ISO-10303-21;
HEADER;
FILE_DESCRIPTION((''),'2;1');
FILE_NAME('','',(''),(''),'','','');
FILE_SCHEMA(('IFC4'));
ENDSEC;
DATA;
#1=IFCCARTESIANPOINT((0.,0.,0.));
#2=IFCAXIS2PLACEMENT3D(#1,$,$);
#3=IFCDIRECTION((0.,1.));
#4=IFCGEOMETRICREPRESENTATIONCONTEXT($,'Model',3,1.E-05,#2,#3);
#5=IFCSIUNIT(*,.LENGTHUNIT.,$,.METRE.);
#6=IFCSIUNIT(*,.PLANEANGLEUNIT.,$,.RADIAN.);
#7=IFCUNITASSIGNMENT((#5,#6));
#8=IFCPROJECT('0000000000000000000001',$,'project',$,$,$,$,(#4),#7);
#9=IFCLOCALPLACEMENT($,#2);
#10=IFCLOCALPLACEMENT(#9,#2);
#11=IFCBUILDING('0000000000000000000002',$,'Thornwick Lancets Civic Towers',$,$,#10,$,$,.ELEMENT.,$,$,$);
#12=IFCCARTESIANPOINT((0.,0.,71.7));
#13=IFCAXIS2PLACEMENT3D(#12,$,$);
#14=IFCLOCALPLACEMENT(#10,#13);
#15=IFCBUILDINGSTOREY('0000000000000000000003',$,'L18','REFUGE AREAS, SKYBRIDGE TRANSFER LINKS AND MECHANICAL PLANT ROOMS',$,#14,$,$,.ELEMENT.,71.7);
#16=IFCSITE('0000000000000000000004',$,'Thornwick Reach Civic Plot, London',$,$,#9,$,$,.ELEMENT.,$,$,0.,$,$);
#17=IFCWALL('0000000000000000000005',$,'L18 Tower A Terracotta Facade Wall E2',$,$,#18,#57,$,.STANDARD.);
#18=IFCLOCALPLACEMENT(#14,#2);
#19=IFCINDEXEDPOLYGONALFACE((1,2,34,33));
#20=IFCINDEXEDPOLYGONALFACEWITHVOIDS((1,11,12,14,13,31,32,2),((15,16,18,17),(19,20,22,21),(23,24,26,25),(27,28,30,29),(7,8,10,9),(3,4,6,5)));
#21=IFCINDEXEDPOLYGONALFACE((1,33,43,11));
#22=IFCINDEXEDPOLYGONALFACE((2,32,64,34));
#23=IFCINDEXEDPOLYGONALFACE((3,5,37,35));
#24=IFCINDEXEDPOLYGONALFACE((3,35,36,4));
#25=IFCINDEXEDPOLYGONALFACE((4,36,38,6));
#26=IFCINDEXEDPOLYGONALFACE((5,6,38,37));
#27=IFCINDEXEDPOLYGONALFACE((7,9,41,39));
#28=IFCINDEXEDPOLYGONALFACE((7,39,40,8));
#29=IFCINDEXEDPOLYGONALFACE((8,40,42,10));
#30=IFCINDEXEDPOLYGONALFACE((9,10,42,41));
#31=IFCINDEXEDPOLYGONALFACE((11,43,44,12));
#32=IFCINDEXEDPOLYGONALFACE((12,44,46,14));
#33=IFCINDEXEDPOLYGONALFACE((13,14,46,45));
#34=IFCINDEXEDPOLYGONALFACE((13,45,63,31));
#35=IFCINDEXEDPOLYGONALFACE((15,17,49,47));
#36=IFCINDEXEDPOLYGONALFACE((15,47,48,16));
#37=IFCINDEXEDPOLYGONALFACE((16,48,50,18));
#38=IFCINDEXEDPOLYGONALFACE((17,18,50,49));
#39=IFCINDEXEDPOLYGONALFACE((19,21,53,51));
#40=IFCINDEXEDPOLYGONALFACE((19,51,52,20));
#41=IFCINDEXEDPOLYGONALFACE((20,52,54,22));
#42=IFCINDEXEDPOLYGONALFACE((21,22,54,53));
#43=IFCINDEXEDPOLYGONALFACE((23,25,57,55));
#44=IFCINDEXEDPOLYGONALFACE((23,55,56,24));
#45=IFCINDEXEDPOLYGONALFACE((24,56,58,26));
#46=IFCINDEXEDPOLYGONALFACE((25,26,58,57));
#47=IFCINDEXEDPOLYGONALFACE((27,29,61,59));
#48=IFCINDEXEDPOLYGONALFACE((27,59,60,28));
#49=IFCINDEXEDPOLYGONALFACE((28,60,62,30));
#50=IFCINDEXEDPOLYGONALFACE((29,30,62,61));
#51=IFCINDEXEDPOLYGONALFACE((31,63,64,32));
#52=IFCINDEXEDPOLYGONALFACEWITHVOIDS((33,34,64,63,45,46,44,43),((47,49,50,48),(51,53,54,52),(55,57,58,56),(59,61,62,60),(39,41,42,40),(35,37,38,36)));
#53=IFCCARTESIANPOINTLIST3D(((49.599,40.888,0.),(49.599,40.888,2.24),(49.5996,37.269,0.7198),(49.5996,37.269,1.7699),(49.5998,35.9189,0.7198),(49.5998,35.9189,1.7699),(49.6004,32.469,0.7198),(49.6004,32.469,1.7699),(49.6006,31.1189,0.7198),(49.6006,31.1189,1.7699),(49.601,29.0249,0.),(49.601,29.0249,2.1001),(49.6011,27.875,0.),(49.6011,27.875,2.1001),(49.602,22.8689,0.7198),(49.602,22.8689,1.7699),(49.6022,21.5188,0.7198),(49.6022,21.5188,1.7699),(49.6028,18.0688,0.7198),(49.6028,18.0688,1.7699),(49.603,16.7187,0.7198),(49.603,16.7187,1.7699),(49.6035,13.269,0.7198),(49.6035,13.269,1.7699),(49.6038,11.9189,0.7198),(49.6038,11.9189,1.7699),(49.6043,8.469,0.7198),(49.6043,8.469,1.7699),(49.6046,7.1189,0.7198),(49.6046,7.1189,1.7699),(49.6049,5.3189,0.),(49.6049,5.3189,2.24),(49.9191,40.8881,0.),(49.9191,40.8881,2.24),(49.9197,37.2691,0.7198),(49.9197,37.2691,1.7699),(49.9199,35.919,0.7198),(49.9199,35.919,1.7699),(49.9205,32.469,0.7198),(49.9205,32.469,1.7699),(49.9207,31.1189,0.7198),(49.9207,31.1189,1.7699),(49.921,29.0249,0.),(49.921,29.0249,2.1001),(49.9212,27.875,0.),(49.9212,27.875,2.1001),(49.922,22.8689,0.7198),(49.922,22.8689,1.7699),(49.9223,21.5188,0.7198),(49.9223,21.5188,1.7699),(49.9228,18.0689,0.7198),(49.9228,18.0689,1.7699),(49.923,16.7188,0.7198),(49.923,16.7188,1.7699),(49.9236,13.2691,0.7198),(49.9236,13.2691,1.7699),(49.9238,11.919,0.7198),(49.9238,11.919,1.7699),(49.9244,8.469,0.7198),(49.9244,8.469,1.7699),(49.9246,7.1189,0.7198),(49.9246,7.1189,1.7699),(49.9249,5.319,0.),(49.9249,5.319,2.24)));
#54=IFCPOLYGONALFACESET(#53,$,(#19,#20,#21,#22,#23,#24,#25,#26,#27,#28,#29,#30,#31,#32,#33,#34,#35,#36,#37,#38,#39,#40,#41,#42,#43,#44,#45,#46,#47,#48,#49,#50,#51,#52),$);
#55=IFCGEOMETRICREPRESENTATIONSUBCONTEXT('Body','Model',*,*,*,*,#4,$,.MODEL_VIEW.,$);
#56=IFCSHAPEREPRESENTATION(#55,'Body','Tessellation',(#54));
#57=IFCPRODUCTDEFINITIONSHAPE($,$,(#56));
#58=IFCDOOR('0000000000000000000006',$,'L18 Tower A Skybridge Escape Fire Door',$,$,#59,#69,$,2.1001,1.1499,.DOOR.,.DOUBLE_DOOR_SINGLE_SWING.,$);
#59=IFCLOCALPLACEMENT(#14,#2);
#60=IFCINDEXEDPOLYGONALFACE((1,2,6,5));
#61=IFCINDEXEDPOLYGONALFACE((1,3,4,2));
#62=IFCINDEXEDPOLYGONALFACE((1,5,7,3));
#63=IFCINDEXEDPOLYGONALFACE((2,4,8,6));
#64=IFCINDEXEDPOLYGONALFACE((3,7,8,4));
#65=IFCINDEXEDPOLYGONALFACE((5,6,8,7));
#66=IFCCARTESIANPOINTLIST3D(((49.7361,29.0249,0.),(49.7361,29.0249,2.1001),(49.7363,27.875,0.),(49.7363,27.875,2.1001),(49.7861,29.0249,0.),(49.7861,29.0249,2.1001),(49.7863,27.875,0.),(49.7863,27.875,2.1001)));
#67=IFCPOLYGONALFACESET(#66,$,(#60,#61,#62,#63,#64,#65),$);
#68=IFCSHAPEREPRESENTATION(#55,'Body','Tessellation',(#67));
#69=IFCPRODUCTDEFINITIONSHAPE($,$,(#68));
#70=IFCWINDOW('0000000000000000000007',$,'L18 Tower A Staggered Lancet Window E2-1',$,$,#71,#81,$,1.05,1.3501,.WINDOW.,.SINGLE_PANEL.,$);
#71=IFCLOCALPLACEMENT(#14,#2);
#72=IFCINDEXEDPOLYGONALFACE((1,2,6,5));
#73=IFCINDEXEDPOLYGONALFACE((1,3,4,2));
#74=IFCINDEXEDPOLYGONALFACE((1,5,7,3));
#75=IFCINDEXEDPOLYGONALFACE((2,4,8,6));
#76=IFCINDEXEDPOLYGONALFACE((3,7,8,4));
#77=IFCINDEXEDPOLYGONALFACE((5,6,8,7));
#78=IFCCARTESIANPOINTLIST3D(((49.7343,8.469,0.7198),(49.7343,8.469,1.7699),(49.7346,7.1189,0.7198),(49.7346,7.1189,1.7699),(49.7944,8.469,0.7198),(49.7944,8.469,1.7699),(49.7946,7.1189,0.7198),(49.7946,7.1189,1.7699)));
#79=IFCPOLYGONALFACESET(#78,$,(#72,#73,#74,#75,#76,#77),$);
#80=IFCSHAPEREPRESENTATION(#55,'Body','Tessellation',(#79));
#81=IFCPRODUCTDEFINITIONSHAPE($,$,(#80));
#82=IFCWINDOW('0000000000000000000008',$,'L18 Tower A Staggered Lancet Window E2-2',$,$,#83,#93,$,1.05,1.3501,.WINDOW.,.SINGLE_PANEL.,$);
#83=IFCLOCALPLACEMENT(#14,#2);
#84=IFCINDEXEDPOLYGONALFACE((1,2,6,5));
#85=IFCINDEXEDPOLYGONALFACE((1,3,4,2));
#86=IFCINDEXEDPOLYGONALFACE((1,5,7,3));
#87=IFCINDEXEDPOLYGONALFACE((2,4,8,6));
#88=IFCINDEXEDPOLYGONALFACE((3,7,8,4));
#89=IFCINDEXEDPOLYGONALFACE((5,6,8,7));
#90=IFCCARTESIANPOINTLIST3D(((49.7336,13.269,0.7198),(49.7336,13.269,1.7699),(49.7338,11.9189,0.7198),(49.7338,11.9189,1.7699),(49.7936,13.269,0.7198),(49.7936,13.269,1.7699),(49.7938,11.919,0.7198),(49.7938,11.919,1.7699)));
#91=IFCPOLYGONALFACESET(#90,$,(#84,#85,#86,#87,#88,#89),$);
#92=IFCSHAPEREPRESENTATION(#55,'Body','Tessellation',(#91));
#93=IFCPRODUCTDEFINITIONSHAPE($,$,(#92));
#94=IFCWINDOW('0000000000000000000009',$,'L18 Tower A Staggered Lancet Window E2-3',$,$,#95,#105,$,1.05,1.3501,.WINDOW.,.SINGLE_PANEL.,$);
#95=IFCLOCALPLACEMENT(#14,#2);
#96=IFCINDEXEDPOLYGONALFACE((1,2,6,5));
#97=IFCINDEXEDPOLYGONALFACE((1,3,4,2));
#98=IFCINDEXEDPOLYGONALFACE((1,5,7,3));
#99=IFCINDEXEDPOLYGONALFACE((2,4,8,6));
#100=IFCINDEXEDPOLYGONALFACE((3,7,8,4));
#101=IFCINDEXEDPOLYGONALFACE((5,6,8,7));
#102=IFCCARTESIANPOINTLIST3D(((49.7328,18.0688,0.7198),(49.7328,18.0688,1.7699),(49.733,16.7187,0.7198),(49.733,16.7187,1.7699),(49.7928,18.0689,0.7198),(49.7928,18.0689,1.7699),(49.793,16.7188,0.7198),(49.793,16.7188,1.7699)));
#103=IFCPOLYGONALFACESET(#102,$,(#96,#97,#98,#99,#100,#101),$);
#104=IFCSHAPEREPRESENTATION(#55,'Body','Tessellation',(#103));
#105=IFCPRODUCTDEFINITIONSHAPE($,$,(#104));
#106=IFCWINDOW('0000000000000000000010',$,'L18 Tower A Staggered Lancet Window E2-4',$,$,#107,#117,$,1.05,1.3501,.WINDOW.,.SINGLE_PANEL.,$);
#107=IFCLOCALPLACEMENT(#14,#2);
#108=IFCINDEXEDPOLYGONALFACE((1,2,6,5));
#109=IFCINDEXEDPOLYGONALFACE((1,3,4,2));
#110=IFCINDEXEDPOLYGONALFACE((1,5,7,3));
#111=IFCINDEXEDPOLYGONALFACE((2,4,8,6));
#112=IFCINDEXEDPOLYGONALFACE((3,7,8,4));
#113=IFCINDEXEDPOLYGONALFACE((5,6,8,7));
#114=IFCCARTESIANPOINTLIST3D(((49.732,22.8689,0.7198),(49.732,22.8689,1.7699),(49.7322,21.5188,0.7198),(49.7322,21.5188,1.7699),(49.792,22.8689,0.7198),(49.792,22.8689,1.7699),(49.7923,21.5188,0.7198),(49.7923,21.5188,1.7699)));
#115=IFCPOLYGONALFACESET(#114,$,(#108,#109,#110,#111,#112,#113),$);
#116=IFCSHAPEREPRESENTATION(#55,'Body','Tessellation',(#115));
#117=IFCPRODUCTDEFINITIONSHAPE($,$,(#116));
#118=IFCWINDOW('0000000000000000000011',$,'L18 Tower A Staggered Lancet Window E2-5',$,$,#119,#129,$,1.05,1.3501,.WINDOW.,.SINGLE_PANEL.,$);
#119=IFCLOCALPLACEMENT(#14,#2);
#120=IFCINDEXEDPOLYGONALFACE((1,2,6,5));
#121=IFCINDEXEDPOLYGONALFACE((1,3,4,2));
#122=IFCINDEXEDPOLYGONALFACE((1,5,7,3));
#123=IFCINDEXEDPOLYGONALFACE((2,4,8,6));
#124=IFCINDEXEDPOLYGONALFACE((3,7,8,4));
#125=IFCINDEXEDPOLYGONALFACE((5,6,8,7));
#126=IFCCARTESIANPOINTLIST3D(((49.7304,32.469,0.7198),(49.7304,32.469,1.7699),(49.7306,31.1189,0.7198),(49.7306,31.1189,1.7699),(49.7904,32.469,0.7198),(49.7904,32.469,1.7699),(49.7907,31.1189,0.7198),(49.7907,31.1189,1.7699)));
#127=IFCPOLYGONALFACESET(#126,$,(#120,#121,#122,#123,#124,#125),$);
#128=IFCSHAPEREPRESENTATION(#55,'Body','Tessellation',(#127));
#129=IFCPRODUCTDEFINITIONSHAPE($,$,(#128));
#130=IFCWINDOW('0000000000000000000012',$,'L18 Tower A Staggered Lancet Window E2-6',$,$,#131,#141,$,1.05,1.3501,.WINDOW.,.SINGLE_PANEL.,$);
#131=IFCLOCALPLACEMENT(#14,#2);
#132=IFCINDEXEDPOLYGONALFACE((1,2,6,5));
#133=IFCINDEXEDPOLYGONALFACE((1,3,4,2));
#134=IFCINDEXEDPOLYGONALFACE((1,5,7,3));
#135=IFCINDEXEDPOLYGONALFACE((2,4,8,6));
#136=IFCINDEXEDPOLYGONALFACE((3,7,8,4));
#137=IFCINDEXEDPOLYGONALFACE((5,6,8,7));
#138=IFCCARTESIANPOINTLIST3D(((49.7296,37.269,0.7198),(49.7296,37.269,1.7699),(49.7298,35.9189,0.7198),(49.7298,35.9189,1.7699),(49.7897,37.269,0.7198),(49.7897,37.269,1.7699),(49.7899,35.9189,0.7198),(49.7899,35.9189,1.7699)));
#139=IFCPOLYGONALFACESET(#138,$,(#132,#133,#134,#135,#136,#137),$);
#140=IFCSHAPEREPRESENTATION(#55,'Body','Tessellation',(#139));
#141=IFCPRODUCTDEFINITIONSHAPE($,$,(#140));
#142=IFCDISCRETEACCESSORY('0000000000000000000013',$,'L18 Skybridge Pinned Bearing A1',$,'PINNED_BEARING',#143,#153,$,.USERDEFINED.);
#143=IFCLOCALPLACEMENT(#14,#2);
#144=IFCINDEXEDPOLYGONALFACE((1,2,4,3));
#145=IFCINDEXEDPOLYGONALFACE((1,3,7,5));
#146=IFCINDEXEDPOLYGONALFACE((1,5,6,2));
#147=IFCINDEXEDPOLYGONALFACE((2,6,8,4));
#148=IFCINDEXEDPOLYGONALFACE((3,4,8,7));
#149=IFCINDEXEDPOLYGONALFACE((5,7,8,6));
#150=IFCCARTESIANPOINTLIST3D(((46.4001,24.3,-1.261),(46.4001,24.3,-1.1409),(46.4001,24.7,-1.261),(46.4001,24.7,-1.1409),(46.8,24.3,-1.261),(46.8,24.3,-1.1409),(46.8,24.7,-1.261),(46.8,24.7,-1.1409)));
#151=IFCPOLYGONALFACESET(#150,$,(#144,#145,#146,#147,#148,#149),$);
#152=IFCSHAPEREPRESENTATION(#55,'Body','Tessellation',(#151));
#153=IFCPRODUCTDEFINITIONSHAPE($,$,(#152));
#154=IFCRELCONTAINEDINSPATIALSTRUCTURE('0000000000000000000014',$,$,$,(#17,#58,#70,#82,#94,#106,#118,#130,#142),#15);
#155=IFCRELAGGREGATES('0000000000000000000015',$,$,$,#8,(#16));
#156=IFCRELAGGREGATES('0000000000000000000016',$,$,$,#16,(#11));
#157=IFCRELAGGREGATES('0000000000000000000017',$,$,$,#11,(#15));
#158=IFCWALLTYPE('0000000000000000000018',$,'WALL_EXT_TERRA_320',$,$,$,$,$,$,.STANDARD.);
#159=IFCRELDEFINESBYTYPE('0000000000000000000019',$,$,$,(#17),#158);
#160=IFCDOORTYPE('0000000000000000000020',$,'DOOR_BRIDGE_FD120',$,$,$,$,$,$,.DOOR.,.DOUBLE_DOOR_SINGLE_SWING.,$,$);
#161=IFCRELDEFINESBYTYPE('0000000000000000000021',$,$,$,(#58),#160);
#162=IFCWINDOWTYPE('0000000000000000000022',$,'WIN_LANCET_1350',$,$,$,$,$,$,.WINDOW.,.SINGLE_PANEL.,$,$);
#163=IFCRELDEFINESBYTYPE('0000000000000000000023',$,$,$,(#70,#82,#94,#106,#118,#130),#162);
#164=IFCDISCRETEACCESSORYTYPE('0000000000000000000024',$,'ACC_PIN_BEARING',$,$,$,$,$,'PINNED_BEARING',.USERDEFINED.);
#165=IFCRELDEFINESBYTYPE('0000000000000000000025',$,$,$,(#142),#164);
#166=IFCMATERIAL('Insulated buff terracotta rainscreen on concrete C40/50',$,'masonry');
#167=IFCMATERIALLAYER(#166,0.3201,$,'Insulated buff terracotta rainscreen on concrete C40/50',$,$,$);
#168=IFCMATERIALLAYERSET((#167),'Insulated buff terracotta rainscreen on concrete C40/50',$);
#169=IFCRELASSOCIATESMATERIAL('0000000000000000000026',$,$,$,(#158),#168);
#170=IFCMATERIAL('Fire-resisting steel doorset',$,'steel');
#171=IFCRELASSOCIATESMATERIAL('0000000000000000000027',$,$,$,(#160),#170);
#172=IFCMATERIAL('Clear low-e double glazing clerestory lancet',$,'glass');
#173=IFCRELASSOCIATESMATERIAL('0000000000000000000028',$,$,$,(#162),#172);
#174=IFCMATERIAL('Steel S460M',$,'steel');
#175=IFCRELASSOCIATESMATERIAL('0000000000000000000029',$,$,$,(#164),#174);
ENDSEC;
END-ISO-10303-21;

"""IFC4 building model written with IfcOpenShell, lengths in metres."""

from ifc_helpers import new_model, si_unit, direction, frame, frame_2d, origin, origin_2d, place, context, subcontext, project, spatial, rectangle, extrude, material, layer, layer_set, type_object, element, fill, save


model = new_model("IFC4")

# Units and contexts
model_context = context("Model", 3, precision=1e-05, world=origin(), true_north=direction((0.0, 1.0)))
body_context = subcontext(model_context, "Body", "Model", "MODEL_VIEW")
ifc_project = project(units=[si_unit("LENGTHUNIT", "METRE"), si_unit("PLANEANGLEUNIT", "RADIAN")], contexts=[model_context])

# Site, building, storey
site_placement = place(None, origin())
site = spatial("IfcSite", under=ifc_project, at=site_placement, Name="Thornwick Reach Civic Plot, London", CompositionType="ELEMENT", RefElevation=0.0)
building_placement = place(site_placement, origin())
building = spatial("IfcBuilding", under=site, at=building_placement, Name="Thornwick Lancets Civic Towers", CompositionType="ELEMENT")
storey_placement = place(building_placement, frame((0.0, 0.0, 71.7)))
storey = spatial("IfcBuildingStorey", under=building, at=storey_placement, Name="L18", Description="REFUGE AREAS, SKYBRIDGE TRANSFER LINKS AND MECHANICAL PLANT ROOMS", CompositionType="ELEMENT", Elevation=71.7)

# Shared definitions
ifc_material_1 = material(Name="Steel S460M", Category="steel")

# Wall, openings, door, windows
ifc_material_2 = material(Name="Insulated buff terracotta rainscreen on concrete C40/50", Category="masonry")
ifc_layer_1 = layer(ifc_material_2, 0.3201, Name="Insulated buff terracotta rainscreen on concrete C40/50")
ifc_layer_set_1 = layer_set([ifc_layer_1], Name="Insulated buff terracotta rainscreen on concrete C40/50")
wall_type_1 = type_object("IfcWallType", Name="WALL_EXT_TERRA_320", PredefinedType="STANDARD", material=ifc_layer_set_1)
wall_1_placement = place(storey_placement, frame((49.7649, 5.3188, 0.0), z_axis=(0.0, 0.0, 1.0), x_axis=(-0.000165, 1.0, 0.0)))
wall_1 = element("IfcWall", 1, at=wall_1_placement, inside=storey, type_object=wall_type_1, Name="L18 Tower A Terracotta Facade Wall E2", PredefinedType="STANDARD", context=body_context, shape_type="SweptSolid", body=[
    extrude(rectangle(XDim=35.5691, YDim=0.3201, at=frame_2d((17.7847, 0.0))), origin(), (0.0, 0.0, 1.0), 2.24),
])
opening_1_placement = place(wall_1_placement, frame((22.5562, 0.0, 0.0)))
opening_1 = element("IfcOpeningElement", 2, at=opening_1_placement, cuts=wall_1, PredefinedType="OPENING", context=body_context, shape_type="SweptSolid", body=[
    extrude(rectangle(XDim=1.1499, YDim=2.1001, at=frame_2d((0.575, 1.05))), frame((0.0, 0.1699, 0.0), z_axis=(0.0, -1.0, 0.0), x_axis=(1.0, 0.0, 0.0)), (0.0, 0.0, 1.0), 0.3401),
])
opening_2_placement = place(wall_1_placement, frame((1.8, 0.0, 0.72)))
opening_2 = element("IfcOpeningElement", 3, at=opening_2_placement, cuts=wall_1, PredefinedType="OPENING", context=body_context, shape_type="SweptSolid", body=[
    extrude(rectangle(XDim=1.3501, YDim=1.05, at=frame_2d((0.675, 0.5249))), frame((0.0, 0.1699, 0.0), z_axis=(0.0, -1.0, 0.0), x_axis=(1.0, 0.0, 0.0)), (0.0, 0.0, 1.0), 0.3401),
])
opening_3_placement = place(wall_1_placement, frame((6.6001, 0.0, 0.72)))
opening_3 = element("IfcOpeningElement", 4, at=opening_3_placement, cuts=wall_1, PredefinedType="OPENING", context=body_context, shape_type="SweptSolid", body=[
    extrude(rectangle(XDim=1.3501, YDim=1.05, at=frame_2d((0.675, 0.5249))), frame((0.0, 0.1699, 0.0), z_axis=(0.0, -1.0, 0.0), x_axis=(1.0, 0.0, 0.0)), (0.0, 0.0, 1.0), 0.3401),
])
opening_4_placement = place(wall_1_placement, frame((11.3999, 0.0, 0.72)))
opening_4 = element("IfcOpeningElement", 5, at=opening_4_placement, cuts=wall_1, PredefinedType="OPENING", context=body_context, shape_type="SweptSolid", body=[
    extrude(rectangle(XDim=1.3501, YDim=1.05, at=frame_2d((0.675, 0.5249))), frame((0.0, 0.1699, 0.0), z_axis=(0.0, -1.0, 0.0), x_axis=(1.0, 0.0, 0.0)), (0.0, 0.0, 1.0), 0.3401),
])
opening_5_placement = place(wall_1_placement, frame((16.2, 0.0, 0.72)))
opening_5 = element("IfcOpeningElement", 6, at=opening_5_placement, cuts=wall_1, PredefinedType="OPENING", context=body_context, shape_type="SweptSolid", body=[
    extrude(rectangle(XDim=1.3501, YDim=1.05, at=frame_2d((0.675, 0.5249))), frame((0.0, 0.1699, 0.0), z_axis=(0.0, -1.0, 0.0), x_axis=(1.0, 0.0, 0.0)), (0.0, 0.0, 1.0), 0.3401),
])
opening_6_placement = place(wall_1_placement, frame((25.8, 0.0, 0.72)))
opening_6 = element("IfcOpeningElement", 7, at=opening_6_placement, cuts=wall_1, PredefinedType="OPENING", context=body_context, shape_type="SweptSolid", body=[
    extrude(rectangle(XDim=1.3501, YDim=1.05, at=frame_2d((0.675, 0.5249))), frame((0.0, 0.1699, 0.0), z_axis=(0.0, -1.0, 0.0), x_axis=(1.0, 0.0, 0.0)), (0.0, 0.0, 1.0), 0.3401),
])
opening_7_placement = place(wall_1_placement, frame((30.6001, 0.0, 0.72)))
opening_7 = element("IfcOpeningElement", 8, at=opening_7_placement, cuts=wall_1, PredefinedType="OPENING", context=body_context, shape_type="SweptSolid", body=[
    extrude(rectangle(XDim=1.3501, YDim=1.05, at=frame_2d((0.675, 0.5249))), frame((0.0, 0.1699, 0.0), z_axis=(0.0, -1.0, 0.0), x_axis=(1.0, 0.0, 0.0)), (0.0, 0.0, 1.0), 0.3401),
])
ifc_material_3 = material(Name="Fire-resisting steel doorset", Category="steel")
door_type = type_object("IfcDoorType", Name="DOOR_BRIDGE_FD120", OperationType="DOUBLE_DOOR_SINGLE_SWING", PredefinedType="DOOR", material=ifc_material_3)
door_placement = place(opening_1_placement, origin())
door = element("IfcDoor", 9, at=door_placement, inside=storey, type_object=door_type, Name="L18 Tower A Skybridge Escape Fire Door", OperationType="DOUBLE_DOOR_SINGLE_SWING", OverallHeight=2.1001, OverallWidth=1.1499, PredefinedType="DOOR", context=body_context, shape_type="SweptSolid", body=[
    extrude(rectangle(XDim=1.1499, YDim=2.1001, at=frame_2d((0.575, 1.05))), frame((0.0, 0.0249, 0.0), z_axis=(0.0, -1.0, 0.0), x_axis=(1.0, 0.0, 0.0)), (0.0, 0.0, 1.0), 0.05),
])
fill(opening_1, door)
ifc_material_4 = material(Name="Clear low-e double glazing clerestory lancet", Category="glass")
window_type = type_object("IfcWindowType", Name="WIN_LANCET_1350", PartitioningType="SINGLE_PANEL", PredefinedType="WINDOW", material=ifc_material_4)
window_1_placement = place(opening_2_placement, origin())
window_1 = element("IfcWindow", 10, at=window_1_placement, inside=storey, type_object=window_type, Name="L18 Tower A Staggered Lancet Window E2-1", OverallHeight=1.05, OverallWidth=1.3501, PartitioningType="SINGLE_PANEL", PredefinedType="WINDOW", context=body_context, shape_type="SweptSolid", body=[
    extrude(rectangle(XDim=1.3501, YDim=1.05, at=frame_2d((0.675, 0.5249))), frame((0.0, 0.03, 0.0), z_axis=(0.0, -1.0, 0.0), x_axis=(1.0, 0.0, 0.0)), (0.0, 0.0, 1.0), 0.0601),
])
fill(opening_2, window_1)
window_2_placement = place(opening_3_placement, origin())
window_2 = element("IfcWindow", 11, at=window_2_placement, inside=storey, type_object=window_type, Name="L18 Tower A Staggered Lancet Window E2-2", OverallHeight=1.05, OverallWidth=1.3501, PartitioningType="SINGLE_PANEL", PredefinedType="WINDOW", context=body_context, shape_type="SweptSolid", body=[
    extrude(rectangle(XDim=1.3501, YDim=1.05, at=frame_2d((0.675, 0.5249))), frame((0.0, 0.03, 0.0), z_axis=(0.0, -1.0, 0.0), x_axis=(1.0, 0.0, 0.0)), (0.0, 0.0, 1.0), 0.0601),
])
fill(opening_3, window_2)
window_3_placement = place(opening_4_placement, origin())
window_3 = element("IfcWindow", 12, at=window_3_placement, inside=storey, type_object=window_type, Name="L18 Tower A Staggered Lancet Window E2-3", OverallHeight=1.05, OverallWidth=1.3501, PartitioningType="SINGLE_PANEL", PredefinedType="WINDOW", context=body_context, shape_type="SweptSolid", body=[
    extrude(rectangle(XDim=1.3501, YDim=1.05, at=frame_2d((0.675, 0.5249))), frame((0.0, 0.03, 0.0), z_axis=(0.0, -1.0, 0.0), x_axis=(1.0, 0.0, 0.0)), (0.0, 0.0, 1.0), 0.0601),
])
fill(opening_4, window_3)
window_4_placement = place(opening_5_placement, origin())
window_4 = element("IfcWindow", 13, at=window_4_placement, inside=storey, type_object=window_type, Name="L18 Tower A Staggered Lancet Window E2-4", OverallHeight=1.05, OverallWidth=1.3501, PartitioningType="SINGLE_PANEL", PredefinedType="WINDOW", context=body_context, shape_type="SweptSolid", body=[
    extrude(rectangle(XDim=1.3501, YDim=1.05, at=frame_2d((0.675, 0.5249))), frame((0.0, 0.03, 0.0), z_axis=(0.0, -1.0, 0.0), x_axis=(1.0, 0.0, 0.0)), (0.0, 0.0, 1.0), 0.0601),
])
fill(opening_5, window_4)
window_5_placement = place(opening_6_placement, origin())
window_5 = element("IfcWindow", 14, at=window_5_placement, inside=storey, type_object=window_type, Name="L18 Tower A Staggered Lancet Window E2-5", OverallHeight=1.05, OverallWidth=1.3501, PartitioningType="SINGLE_PANEL", PredefinedType="WINDOW", context=body_context, shape_type="SweptSolid", body=[
    extrude(rectangle(XDim=1.3501, YDim=1.05, at=frame_2d((0.675, 0.5249))), frame((0.0, 0.03, 0.0), z_axis=(0.0, -1.0, 0.0), x_axis=(1.0, 0.0, 0.0)), (0.0, 0.0, 1.0), 0.0601),
])
fill(opening_6, window_5)
window_6_placement = place(opening_7_placement, origin())
window_6 = element("IfcWindow", 15, at=window_6_placement, inside=storey, type_object=window_type, Name="L18 Tower A Staggered Lancet Window E2-6", OverallHeight=1.05, OverallWidth=1.3501, PartitioningType="SINGLE_PANEL", PredefinedType="WINDOW", context=body_context, shape_type="SweptSolid", body=[
    extrude(rectangle(XDim=1.3501, YDim=1.05, at=frame_2d((0.675, 0.5249))), frame((0.0, 0.03, 0.0), z_axis=(0.0, -1.0, 0.0), x_axis=(1.0, 0.0, 0.0)), (0.0, 0.0, 1.0), 0.0601),
])
fill(opening_7, window_6)

# Discrete accessory
discrete_accessory_type = type_object("IfcDiscreteAccessoryType", Name="ACC_PIN_BEARING", ElementType="PINNED_BEARING", PredefinedType="USERDEFINED", material=ifc_material_1)
discrete_accessory_placement = place(storey_placement, frame((46.6001, 24.5, -1.261), z_axis=(0.0, 0.0, 1.0), x_axis=(1.0, 0.0, 0.0)))
element("IfcDiscreteAccessory", 16, at=discrete_accessory_placement, inside=storey, type_object=discrete_accessory_type, Name="L18 Skybridge Pinned Bearing A1", ObjectType="PINNED_BEARING", PredefinedType="USERDEFINED", context=body_context, shape_type="SweptSolid", body=[
    extrude(rectangle(XDim=0.3999, YDim=0.3999, at=origin_2d()), origin(), (0.0, 0.0, 1.0), 0.1201),
])

save(model, "model.ifc")
